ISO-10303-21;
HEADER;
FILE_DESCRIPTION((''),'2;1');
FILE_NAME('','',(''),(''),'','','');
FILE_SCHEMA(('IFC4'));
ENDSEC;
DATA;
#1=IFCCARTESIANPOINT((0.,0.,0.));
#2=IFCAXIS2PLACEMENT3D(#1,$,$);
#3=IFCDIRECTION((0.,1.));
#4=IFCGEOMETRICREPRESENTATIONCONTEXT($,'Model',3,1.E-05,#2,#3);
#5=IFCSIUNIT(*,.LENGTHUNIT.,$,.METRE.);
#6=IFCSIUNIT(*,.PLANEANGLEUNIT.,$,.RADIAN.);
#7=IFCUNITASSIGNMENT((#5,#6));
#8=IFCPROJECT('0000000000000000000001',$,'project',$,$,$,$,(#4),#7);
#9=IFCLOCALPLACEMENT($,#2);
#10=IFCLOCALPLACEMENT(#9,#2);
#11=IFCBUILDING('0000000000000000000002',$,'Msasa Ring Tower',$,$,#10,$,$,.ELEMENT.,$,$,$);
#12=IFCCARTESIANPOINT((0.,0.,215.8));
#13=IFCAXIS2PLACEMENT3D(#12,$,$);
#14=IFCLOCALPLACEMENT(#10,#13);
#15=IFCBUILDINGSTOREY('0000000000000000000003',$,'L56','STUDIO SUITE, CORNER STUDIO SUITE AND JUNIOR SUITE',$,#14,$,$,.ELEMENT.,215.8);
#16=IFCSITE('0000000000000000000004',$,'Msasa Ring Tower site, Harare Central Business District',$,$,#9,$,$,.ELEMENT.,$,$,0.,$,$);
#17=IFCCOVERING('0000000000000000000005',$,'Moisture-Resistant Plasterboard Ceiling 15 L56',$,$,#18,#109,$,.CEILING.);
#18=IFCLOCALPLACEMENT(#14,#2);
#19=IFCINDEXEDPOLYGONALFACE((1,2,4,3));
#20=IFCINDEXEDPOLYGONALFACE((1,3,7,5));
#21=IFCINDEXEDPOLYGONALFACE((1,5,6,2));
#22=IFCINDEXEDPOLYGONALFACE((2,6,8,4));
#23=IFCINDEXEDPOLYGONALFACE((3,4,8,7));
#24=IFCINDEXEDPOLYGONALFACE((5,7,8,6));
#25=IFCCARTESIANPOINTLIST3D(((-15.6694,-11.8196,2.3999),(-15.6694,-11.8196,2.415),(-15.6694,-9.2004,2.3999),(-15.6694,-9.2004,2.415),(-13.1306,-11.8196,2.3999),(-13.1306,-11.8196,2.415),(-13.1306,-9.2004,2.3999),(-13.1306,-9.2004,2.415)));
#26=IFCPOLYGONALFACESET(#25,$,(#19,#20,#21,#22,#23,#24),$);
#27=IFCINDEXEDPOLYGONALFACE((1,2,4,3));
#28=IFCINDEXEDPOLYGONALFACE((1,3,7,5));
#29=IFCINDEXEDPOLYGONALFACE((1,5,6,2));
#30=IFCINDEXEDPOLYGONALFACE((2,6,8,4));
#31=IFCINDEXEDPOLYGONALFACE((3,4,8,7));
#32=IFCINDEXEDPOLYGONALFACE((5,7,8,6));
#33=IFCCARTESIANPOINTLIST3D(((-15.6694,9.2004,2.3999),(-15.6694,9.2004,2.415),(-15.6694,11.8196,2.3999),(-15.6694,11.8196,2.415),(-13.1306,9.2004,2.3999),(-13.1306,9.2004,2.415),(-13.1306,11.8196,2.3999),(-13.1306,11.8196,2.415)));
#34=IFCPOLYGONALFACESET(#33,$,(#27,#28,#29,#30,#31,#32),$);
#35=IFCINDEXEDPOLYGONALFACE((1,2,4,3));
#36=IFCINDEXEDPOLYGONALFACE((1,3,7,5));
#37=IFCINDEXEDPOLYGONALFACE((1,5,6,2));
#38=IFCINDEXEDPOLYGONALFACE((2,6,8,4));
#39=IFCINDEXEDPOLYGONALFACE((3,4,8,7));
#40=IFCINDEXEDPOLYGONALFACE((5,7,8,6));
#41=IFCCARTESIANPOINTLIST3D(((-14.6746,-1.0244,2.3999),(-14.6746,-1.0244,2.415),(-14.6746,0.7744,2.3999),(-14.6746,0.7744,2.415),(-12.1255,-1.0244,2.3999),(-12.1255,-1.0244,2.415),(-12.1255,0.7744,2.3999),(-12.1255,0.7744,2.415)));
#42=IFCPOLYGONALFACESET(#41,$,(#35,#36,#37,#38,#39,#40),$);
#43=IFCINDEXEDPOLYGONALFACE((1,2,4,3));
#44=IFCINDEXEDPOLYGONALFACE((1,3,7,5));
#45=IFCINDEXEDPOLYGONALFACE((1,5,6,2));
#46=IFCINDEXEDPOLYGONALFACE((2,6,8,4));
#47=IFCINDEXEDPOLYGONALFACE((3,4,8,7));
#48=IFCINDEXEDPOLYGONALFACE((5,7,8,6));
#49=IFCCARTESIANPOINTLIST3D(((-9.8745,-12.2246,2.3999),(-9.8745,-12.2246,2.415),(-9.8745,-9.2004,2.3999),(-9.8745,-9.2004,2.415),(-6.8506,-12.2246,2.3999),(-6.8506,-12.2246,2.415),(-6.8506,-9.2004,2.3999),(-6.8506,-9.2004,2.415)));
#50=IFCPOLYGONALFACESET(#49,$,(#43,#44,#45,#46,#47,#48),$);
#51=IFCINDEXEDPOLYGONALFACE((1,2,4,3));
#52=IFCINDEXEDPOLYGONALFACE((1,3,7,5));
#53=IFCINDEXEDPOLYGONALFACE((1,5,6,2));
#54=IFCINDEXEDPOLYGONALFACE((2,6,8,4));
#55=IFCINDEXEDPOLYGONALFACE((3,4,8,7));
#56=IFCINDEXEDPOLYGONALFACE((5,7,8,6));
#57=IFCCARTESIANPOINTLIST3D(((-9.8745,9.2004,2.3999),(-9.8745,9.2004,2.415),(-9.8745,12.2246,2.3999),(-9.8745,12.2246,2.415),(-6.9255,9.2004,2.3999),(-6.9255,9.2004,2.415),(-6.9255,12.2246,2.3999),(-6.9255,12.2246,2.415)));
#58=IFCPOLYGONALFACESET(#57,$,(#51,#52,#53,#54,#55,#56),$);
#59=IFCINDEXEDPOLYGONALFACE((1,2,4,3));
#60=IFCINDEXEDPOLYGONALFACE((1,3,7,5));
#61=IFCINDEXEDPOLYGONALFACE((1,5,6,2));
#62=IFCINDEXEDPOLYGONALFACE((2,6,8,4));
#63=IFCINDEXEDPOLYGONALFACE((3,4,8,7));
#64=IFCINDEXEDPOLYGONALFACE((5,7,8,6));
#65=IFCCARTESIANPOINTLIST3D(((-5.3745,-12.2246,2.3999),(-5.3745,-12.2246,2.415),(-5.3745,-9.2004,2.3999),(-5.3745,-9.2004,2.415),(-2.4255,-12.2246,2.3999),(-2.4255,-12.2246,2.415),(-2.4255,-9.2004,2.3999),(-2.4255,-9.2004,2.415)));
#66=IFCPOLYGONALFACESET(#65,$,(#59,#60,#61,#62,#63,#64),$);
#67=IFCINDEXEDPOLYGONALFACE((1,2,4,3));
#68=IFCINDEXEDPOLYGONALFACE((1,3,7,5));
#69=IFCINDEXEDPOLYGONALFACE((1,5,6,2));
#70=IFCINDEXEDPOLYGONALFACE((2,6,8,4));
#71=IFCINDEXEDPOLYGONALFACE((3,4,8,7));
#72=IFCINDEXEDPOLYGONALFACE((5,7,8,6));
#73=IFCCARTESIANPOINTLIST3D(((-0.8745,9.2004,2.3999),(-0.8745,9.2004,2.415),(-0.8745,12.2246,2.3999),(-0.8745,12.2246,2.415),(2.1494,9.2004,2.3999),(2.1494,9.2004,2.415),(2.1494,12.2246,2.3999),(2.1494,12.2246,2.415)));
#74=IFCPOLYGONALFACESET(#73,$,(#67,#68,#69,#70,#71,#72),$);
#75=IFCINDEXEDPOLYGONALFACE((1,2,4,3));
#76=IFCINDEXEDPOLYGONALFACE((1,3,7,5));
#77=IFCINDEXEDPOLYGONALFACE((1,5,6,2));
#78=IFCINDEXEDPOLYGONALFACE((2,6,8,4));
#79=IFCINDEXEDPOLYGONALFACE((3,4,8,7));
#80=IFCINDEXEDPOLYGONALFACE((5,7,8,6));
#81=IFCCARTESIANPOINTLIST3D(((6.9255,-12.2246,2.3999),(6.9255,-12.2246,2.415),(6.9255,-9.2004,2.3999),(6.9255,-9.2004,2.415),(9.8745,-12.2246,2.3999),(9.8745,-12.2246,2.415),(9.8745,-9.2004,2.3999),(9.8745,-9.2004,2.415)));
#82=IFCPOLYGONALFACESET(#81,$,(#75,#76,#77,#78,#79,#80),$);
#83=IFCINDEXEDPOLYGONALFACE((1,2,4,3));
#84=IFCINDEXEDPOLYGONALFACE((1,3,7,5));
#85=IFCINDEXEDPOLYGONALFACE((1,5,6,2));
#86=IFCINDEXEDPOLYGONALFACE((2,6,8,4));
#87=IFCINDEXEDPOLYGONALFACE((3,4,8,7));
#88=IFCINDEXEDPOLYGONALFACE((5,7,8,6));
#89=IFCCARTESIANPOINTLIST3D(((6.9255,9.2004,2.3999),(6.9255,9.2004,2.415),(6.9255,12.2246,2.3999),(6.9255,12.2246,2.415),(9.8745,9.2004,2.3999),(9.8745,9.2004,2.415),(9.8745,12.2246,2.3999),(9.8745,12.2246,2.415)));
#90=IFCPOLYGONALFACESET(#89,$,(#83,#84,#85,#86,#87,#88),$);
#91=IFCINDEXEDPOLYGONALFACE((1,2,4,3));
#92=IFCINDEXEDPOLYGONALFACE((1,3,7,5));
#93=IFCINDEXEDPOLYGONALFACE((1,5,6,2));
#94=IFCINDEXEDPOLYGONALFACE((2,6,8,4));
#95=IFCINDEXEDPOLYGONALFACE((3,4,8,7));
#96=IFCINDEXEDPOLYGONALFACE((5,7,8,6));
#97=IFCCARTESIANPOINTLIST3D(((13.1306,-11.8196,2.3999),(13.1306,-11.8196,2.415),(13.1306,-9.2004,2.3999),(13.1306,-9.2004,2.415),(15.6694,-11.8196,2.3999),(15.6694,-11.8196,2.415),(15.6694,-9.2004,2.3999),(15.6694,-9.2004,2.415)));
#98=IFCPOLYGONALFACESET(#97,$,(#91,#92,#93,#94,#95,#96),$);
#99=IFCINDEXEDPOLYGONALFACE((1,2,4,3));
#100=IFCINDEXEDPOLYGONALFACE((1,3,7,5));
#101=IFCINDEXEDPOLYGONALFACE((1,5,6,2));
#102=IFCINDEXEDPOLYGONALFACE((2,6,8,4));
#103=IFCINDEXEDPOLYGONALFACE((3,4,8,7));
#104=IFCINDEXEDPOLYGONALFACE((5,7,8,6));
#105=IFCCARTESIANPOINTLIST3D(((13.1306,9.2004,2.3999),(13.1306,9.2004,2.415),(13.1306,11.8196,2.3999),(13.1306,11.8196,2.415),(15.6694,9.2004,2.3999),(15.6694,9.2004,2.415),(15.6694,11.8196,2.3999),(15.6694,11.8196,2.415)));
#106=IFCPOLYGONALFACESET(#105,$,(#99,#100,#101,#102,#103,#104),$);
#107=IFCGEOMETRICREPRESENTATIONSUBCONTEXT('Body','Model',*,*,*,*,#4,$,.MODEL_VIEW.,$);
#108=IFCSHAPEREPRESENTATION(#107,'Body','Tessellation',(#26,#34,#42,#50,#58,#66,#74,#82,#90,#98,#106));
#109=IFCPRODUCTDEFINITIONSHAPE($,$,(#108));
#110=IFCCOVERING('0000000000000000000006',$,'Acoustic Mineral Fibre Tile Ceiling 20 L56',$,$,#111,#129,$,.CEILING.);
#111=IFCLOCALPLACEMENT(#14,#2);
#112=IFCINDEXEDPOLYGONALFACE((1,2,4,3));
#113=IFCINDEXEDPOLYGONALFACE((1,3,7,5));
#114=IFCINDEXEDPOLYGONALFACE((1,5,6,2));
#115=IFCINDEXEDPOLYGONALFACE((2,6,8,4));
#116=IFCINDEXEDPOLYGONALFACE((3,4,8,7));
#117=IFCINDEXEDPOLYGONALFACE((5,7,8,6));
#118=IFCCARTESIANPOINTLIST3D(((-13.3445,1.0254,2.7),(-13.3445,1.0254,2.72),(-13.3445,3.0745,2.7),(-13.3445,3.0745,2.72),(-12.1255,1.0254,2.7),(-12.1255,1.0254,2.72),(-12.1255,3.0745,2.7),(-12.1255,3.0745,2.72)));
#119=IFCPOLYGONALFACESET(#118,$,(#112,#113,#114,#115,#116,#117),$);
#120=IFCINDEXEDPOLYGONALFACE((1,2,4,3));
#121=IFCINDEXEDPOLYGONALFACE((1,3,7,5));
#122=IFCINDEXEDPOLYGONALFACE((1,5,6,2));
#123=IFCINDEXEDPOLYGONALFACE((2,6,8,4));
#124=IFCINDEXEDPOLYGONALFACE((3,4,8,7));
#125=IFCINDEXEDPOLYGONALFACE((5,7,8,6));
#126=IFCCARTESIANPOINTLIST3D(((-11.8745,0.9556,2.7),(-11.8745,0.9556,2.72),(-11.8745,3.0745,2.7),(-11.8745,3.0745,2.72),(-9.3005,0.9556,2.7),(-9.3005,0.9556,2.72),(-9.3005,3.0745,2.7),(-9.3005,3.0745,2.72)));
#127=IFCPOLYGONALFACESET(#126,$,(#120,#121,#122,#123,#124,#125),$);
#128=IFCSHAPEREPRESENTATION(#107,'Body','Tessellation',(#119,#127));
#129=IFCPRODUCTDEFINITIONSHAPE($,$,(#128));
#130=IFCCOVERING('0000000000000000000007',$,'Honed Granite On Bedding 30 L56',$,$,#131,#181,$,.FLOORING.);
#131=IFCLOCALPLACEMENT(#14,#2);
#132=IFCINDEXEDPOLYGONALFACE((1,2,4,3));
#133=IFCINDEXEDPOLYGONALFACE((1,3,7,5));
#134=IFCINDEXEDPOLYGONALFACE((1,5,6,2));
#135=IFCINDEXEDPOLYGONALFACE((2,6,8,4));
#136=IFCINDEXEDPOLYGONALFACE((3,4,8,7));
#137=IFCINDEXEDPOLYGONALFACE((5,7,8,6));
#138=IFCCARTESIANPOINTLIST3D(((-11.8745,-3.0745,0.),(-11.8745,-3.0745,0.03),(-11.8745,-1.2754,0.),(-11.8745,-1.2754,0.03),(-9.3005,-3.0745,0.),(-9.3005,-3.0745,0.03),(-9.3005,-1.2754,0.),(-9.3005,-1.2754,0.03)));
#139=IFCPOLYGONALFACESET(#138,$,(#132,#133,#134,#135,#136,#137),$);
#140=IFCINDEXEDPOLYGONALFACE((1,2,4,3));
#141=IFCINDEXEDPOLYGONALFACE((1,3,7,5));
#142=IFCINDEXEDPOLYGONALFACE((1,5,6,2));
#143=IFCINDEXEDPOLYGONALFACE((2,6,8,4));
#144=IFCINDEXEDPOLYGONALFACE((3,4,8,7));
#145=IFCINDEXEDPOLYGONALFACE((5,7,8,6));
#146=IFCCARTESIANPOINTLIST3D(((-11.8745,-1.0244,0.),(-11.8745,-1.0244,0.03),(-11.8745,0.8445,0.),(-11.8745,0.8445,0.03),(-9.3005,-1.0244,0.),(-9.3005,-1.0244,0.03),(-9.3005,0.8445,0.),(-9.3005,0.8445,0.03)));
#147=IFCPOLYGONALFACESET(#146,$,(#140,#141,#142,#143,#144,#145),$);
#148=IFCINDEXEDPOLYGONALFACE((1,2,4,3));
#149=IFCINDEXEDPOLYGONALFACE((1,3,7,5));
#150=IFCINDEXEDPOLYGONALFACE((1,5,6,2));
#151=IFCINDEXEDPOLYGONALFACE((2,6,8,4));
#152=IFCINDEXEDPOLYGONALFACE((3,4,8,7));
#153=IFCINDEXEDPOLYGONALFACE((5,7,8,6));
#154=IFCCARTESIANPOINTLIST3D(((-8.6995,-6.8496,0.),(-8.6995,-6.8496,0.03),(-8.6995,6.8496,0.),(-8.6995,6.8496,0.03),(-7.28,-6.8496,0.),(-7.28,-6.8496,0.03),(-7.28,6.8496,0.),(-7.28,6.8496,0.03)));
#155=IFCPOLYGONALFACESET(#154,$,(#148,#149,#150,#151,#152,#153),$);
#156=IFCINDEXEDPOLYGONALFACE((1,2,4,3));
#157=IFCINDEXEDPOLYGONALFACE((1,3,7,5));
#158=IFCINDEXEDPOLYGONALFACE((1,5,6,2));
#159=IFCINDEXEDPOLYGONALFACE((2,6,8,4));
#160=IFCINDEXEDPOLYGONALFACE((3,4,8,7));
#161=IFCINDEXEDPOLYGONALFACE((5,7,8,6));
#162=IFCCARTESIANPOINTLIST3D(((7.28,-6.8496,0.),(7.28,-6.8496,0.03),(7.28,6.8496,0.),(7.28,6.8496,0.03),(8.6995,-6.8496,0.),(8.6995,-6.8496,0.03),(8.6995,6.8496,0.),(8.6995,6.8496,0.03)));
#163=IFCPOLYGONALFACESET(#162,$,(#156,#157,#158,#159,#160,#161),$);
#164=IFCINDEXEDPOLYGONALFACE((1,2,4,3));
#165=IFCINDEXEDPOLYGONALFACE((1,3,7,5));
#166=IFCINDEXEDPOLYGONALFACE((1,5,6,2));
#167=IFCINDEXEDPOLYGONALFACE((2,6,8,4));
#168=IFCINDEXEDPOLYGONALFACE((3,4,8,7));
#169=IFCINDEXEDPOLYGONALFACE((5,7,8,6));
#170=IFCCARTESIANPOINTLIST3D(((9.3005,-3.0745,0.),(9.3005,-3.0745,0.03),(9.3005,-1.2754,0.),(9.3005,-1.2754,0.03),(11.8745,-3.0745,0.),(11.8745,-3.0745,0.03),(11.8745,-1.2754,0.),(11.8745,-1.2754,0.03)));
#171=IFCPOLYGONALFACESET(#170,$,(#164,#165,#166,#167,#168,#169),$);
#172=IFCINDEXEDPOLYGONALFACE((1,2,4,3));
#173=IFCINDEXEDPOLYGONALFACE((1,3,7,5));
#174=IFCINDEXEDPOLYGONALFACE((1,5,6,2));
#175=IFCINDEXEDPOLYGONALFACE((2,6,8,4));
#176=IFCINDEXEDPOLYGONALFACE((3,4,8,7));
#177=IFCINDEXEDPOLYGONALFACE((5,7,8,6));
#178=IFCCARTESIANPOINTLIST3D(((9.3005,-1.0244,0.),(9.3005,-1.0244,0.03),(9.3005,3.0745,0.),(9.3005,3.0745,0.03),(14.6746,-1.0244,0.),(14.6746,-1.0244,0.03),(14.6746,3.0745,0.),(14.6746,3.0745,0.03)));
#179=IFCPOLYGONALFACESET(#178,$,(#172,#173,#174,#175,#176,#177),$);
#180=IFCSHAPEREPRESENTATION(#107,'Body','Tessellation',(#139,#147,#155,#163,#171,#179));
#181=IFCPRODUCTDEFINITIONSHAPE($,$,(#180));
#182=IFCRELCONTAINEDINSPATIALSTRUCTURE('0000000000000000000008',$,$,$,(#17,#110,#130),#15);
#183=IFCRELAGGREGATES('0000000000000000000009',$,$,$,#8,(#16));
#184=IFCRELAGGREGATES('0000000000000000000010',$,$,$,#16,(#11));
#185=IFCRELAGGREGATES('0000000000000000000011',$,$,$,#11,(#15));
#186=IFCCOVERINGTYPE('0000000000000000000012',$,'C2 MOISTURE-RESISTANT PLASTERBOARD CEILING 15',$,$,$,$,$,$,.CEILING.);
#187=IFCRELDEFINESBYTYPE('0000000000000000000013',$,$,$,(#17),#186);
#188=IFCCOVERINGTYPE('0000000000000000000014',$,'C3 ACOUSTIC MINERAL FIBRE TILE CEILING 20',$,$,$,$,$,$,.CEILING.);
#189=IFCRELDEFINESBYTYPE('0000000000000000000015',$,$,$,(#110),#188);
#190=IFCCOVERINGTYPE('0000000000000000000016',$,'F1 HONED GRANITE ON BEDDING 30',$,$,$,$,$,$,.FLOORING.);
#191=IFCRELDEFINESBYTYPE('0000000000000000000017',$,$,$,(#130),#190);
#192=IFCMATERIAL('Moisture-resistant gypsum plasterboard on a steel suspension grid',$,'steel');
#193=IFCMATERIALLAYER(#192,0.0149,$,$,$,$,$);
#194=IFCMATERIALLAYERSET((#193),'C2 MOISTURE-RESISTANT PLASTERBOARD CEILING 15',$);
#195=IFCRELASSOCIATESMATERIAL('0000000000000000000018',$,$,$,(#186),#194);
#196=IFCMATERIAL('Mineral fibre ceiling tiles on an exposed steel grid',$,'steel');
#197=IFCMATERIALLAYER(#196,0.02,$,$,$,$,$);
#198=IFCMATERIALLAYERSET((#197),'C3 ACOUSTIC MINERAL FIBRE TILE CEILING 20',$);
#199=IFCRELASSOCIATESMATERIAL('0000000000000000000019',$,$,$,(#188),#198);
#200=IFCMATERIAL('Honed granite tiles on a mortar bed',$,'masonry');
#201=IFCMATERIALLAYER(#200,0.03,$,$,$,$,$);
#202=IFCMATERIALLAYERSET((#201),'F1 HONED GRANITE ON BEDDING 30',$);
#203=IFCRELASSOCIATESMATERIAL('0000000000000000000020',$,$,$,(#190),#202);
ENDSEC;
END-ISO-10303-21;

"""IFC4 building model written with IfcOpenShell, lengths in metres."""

from ifc_helpers import new_model, si_unit, direction, frame, origin, place, context, subcontext, project, spatial, line, indexed_curve, outline, extrude, material, layer, layer_set, type_object, element, save


model = new_model("IFC4")

# Units and contexts
model_context = context("Model", 3, precision=1e-05, world=origin(), true_north=direction((0.0, 1.0)))
body_context = subcontext(model_context, "Body", "Model", "MODEL_VIEW")
ifc_project = project(units=[si_unit("LENGTHUNIT", "METRE"), si_unit("PLANEANGLEUNIT", "RADIAN")], contexts=[model_context])

# Site, building, storey
site_placement = place(None, origin())
site = spatial("IfcSite", under=ifc_project, at=site_placement, Name="Msasa Ring Tower site, Harare Central Business District", CompositionType="ELEMENT", RefElevation=0.0)
building_placement = place(site_placement, origin())
building = spatial("IfcBuilding", under=site, at=building_placement, Name="Msasa Ring Tower", CompositionType="ELEMENT")
storey_placement = place(building_placement, frame((0.0, 0.0, 215.8)))
storey = spatial("IfcBuildingStorey", under=building, at=storey_placement, Name="L56", Description="STUDIO SUITE, CORNER STUDIO SUITE AND JUNIOR SUITE", CompositionType="ELEMENT", Elevation=215.8)

# Coverings
ifc_material_1 = material(Name="Moisture-resistant gypsum plasterboard on a steel suspension grid", Category="steel")
ifc_layer_1 = layer(ifc_material_1, 0.0149)
ifc_layer_set_1 = layer_set([ifc_layer_1], Name="C2 MOISTURE-RESISTANT PLASTERBOARD CEILING 15")
covering_type_1 = type_object("IfcCoveringType", Name="C2 MOISTURE-RESISTANT PLASTERBOARD CEILING 15", PredefinedType="CEILING", material=ifc_layer_set_1)
covering_1_placement = place(storey_placement, frame((0.0, 0.0, 2.3999)))
element("IfcCovering", 1, at=covering_1_placement, inside=storey, type_object=covering_type_1, Name="Moisture-Resistant Plasterboard Ceiling 15 L56", PredefinedType="CEILING", context=body_context, shape_type="SweptSolid", body=[
    extrude(outline(indexed_curve([(-15.6694, -11.8196), (-15.6694, -9.2004), (-13.1306, -9.2004), (-13.1306, -11.8196)], segments=[line(1, 2, 3, 4, 1)], self_intersect=False)), origin(), (0.0, 0.0, 1.0), 0.0151),
    extrude(outline(indexed_curve([(-15.6694, 11.8196), (-13.1306, 11.8196), (-13.1306, 9.2004), (-15.6694, 9.2004)], segments=[line(1, 2, 3, 4, 1)], self_intersect=False)), origin(), (0.0, 0.0, 1.0), 0.0151),
    extrude(outline(indexed_curve([(-14.6746, 0.7744), (-12.1255, 0.7744), (-12.1255, -1.0244), (-14.6746, -1.0244)], segments=[line(1, 2, 3, 4, 1)], self_intersect=False)), origin(), (0.0, 0.0, 1.0), 0.0151),
    extrude(outline(indexed_curve([(-6.8506, -9.2004), (-6.8506, -12.2246), (-9.8745, -12.2246), (-9.8745, -9.2004)], segments=[line(1, 2, 3, 4, 1)], self_intersect=False)), origin(), (0.0, 0.0, 1.0), 0.0151),
    extrude(outline(indexed_curve([(-9.8745, 9.2004), (-9.8745, 12.2246), (-6.9255, 12.2246), (-6.9255, 9.2004)], segments=[line(1, 2, 3, 4, 1)], self_intersect=False)), origin(), (0.0, 0.0, 1.0), 0.0151),
    extrude(outline(indexed_curve([(-2.4255, -9.2004), (-2.4255, -12.2246), (-5.3745, -12.2246), (-5.3745, -9.2004)], segments=[line(1, 2, 3, 4, 1)], self_intersect=False)), origin(), (0.0, 0.0, 1.0), 0.0151),
    extrude(outline(indexed_curve([(2.1494, 9.2004), (-0.8745, 9.2004), (-0.8745, 12.2246), (2.1494, 12.2246)], segments=[line(1, 2, 3, 4, 1)], self_intersect=False)), origin(), (0.0, 0.0, 1.0), 0.0151),
    extrude(outline(indexed_curve([(9.8745, -9.2004), (9.8745, -12.2246), (6.9255, -12.2246), (6.9255, -9.2004)], segments=[line(1, 2, 3, 4, 1)], self_intersect=False)), origin(), (0.0, 0.0, 1.0), 0.0151),
    extrude(outline(indexed_curve([(6.9255, 9.2004), (6.9255, 12.2246), (9.8745, 12.2246), (9.8745, 9.2004)], segments=[line(1, 2, 3, 4, 1)], self_intersect=False)), origin(), (0.0, 0.0, 1.0), 0.0151),
    extrude(outline(indexed_curve([(13.1306, -9.2004), (15.6694, -9.2004), (15.6694, -11.8196), (13.1306, -11.8196)], segments=[line(1, 2, 3, 4, 1)], self_intersect=False)), origin(), (0.0, 0.0, 1.0), 0.0151),
    extrude(outline(indexed_curve([(13.1306, 9.2004), (13.1306, 11.8196), (15.6694, 11.8196), (15.6694, 9.2004)], segments=[line(1, 2, 3, 4, 1)], self_intersect=False)), origin(), (0.0, 0.0, 1.0), 0.0151),
])
ifc_material_2 = material(Name="Mineral fibre ceiling tiles on an exposed steel grid", Category="steel")
ifc_layer_2 = layer(ifc_material_2, 0.02)
ifc_layer_set_2 = layer_set([ifc_layer_2], Name="C3 ACOUSTIC MINERAL FIBRE TILE CEILING 20")
covering_type_2 = type_object("IfcCoveringType", Name="C3 ACOUSTIC MINERAL FIBRE TILE CEILING 20", PredefinedType="CEILING", material=ifc_layer_set_2)
covering_2_placement = place(storey_placement, frame((0.0, 0.0, 2.7)))
element("IfcCovering", 2, at=covering_2_placement, inside=storey, type_object=covering_type_2, Name="Acoustic Mineral Fibre Tile Ceiling 20 L56", PredefinedType="CEILING", context=body_context, shape_type="SweptSolid", body=[
    extrude(outline(indexed_curve([(-12.1255, 3.0745), (-12.1255, 1.0254), (-13.3445, 1.0254), (-13.3445, 3.0745)], segments=[line(1, 2, 3, 4, 1)], self_intersect=False)), origin(), (0.0, 0.0, 1.0), 0.02),
    extrude(outline(indexed_curve([(-9.3005, 3.0745), (-9.3005, 0.9556), (-11.8745, 0.9556), (-11.8745, 3.0745)], segments=[line(1, 2, 3, 4, 1)], self_intersect=False)), origin(), (0.0, 0.0, 1.0), 0.02),
])
ifc_material_3 = material(Name="Honed granite tiles on a mortar bed", Category="masonry")
ifc_layer_3 = layer(ifc_material_3, 0.03)
ifc_layer_set_3 = layer_set([ifc_layer_3], Name="F1 HONED GRANITE ON BEDDING 30")
covering_type_3 = type_object("IfcCoveringType", Name="F1 HONED GRANITE ON BEDDING 30", PredefinedType="FLOORING", material=ifc_layer_set_3)
covering_3_placement = place(storey_placement, origin())
element("IfcCovering", 3, at=covering_3_placement, inside=storey, type_object=covering_type_3, Name="Honed Granite On Bedding 30 L56", PredefinedType="FLOORING", context=body_context, shape_type="SweptSolid", body=[
    extrude(outline(indexed_curve([(-11.8745, -3.0745), (-11.8745, -1.2754), (-9.3005, -1.2754), (-9.3005, -3.0745)], segments=[line(1, 2, 3, 4, 1)], self_intersect=False)), origin(), (0.0, 0.0, 1.0), 0.03),
    extrude(outline(indexed_curve([(-11.8745, 0.8445), (-9.3005, 0.8445), (-9.3005, -1.0244), (-11.8745, -1.0244)], segments=[line(1, 2, 3, 4, 1)], self_intersect=False)), origin(), (0.0, 0.0, 1.0), 0.03),
    extrude(outline(indexed_curve([(-8.6995, -6.8496), (-8.6995, 6.8496), (-7.28, 6.8496), (-7.28, -6.8496)], segments=[line(1, 2, 3, 4, 1)], self_intersect=False)), origin(), (0.0, 0.0, 1.0), 0.03),
    extrude(outline(indexed_curve([(8.6995, 6.8496), (8.6995, -6.8496), (7.28, -6.8496), (7.28, 6.8496)], segments=[line(1, 2, 3, 4, 1)], self_intersect=False)), origin(), (0.0, 0.0, 1.0), 0.03),
    extrude(outline(indexed_curve([(9.3005, -1.2754), (11.8745, -1.2754), (11.8745, -3.0745), (9.3005, -3.0745)], segments=[line(1, 2, 3, 4, 1)], self_intersect=False)), origin(), (0.0, 0.0, 1.0), 0.03),
    extrude(outline(indexed_curve([(9.3005, 3.0745), (14.6746, 3.0745), (14.6746, -1.0244), (9.3005, -1.0244)], segments=[line(1, 2, 3, 4, 1)], self_intersect=False)), origin(), (0.0, 0.0, 1.0), 0.03),
])

save(model, "model.ifc")
